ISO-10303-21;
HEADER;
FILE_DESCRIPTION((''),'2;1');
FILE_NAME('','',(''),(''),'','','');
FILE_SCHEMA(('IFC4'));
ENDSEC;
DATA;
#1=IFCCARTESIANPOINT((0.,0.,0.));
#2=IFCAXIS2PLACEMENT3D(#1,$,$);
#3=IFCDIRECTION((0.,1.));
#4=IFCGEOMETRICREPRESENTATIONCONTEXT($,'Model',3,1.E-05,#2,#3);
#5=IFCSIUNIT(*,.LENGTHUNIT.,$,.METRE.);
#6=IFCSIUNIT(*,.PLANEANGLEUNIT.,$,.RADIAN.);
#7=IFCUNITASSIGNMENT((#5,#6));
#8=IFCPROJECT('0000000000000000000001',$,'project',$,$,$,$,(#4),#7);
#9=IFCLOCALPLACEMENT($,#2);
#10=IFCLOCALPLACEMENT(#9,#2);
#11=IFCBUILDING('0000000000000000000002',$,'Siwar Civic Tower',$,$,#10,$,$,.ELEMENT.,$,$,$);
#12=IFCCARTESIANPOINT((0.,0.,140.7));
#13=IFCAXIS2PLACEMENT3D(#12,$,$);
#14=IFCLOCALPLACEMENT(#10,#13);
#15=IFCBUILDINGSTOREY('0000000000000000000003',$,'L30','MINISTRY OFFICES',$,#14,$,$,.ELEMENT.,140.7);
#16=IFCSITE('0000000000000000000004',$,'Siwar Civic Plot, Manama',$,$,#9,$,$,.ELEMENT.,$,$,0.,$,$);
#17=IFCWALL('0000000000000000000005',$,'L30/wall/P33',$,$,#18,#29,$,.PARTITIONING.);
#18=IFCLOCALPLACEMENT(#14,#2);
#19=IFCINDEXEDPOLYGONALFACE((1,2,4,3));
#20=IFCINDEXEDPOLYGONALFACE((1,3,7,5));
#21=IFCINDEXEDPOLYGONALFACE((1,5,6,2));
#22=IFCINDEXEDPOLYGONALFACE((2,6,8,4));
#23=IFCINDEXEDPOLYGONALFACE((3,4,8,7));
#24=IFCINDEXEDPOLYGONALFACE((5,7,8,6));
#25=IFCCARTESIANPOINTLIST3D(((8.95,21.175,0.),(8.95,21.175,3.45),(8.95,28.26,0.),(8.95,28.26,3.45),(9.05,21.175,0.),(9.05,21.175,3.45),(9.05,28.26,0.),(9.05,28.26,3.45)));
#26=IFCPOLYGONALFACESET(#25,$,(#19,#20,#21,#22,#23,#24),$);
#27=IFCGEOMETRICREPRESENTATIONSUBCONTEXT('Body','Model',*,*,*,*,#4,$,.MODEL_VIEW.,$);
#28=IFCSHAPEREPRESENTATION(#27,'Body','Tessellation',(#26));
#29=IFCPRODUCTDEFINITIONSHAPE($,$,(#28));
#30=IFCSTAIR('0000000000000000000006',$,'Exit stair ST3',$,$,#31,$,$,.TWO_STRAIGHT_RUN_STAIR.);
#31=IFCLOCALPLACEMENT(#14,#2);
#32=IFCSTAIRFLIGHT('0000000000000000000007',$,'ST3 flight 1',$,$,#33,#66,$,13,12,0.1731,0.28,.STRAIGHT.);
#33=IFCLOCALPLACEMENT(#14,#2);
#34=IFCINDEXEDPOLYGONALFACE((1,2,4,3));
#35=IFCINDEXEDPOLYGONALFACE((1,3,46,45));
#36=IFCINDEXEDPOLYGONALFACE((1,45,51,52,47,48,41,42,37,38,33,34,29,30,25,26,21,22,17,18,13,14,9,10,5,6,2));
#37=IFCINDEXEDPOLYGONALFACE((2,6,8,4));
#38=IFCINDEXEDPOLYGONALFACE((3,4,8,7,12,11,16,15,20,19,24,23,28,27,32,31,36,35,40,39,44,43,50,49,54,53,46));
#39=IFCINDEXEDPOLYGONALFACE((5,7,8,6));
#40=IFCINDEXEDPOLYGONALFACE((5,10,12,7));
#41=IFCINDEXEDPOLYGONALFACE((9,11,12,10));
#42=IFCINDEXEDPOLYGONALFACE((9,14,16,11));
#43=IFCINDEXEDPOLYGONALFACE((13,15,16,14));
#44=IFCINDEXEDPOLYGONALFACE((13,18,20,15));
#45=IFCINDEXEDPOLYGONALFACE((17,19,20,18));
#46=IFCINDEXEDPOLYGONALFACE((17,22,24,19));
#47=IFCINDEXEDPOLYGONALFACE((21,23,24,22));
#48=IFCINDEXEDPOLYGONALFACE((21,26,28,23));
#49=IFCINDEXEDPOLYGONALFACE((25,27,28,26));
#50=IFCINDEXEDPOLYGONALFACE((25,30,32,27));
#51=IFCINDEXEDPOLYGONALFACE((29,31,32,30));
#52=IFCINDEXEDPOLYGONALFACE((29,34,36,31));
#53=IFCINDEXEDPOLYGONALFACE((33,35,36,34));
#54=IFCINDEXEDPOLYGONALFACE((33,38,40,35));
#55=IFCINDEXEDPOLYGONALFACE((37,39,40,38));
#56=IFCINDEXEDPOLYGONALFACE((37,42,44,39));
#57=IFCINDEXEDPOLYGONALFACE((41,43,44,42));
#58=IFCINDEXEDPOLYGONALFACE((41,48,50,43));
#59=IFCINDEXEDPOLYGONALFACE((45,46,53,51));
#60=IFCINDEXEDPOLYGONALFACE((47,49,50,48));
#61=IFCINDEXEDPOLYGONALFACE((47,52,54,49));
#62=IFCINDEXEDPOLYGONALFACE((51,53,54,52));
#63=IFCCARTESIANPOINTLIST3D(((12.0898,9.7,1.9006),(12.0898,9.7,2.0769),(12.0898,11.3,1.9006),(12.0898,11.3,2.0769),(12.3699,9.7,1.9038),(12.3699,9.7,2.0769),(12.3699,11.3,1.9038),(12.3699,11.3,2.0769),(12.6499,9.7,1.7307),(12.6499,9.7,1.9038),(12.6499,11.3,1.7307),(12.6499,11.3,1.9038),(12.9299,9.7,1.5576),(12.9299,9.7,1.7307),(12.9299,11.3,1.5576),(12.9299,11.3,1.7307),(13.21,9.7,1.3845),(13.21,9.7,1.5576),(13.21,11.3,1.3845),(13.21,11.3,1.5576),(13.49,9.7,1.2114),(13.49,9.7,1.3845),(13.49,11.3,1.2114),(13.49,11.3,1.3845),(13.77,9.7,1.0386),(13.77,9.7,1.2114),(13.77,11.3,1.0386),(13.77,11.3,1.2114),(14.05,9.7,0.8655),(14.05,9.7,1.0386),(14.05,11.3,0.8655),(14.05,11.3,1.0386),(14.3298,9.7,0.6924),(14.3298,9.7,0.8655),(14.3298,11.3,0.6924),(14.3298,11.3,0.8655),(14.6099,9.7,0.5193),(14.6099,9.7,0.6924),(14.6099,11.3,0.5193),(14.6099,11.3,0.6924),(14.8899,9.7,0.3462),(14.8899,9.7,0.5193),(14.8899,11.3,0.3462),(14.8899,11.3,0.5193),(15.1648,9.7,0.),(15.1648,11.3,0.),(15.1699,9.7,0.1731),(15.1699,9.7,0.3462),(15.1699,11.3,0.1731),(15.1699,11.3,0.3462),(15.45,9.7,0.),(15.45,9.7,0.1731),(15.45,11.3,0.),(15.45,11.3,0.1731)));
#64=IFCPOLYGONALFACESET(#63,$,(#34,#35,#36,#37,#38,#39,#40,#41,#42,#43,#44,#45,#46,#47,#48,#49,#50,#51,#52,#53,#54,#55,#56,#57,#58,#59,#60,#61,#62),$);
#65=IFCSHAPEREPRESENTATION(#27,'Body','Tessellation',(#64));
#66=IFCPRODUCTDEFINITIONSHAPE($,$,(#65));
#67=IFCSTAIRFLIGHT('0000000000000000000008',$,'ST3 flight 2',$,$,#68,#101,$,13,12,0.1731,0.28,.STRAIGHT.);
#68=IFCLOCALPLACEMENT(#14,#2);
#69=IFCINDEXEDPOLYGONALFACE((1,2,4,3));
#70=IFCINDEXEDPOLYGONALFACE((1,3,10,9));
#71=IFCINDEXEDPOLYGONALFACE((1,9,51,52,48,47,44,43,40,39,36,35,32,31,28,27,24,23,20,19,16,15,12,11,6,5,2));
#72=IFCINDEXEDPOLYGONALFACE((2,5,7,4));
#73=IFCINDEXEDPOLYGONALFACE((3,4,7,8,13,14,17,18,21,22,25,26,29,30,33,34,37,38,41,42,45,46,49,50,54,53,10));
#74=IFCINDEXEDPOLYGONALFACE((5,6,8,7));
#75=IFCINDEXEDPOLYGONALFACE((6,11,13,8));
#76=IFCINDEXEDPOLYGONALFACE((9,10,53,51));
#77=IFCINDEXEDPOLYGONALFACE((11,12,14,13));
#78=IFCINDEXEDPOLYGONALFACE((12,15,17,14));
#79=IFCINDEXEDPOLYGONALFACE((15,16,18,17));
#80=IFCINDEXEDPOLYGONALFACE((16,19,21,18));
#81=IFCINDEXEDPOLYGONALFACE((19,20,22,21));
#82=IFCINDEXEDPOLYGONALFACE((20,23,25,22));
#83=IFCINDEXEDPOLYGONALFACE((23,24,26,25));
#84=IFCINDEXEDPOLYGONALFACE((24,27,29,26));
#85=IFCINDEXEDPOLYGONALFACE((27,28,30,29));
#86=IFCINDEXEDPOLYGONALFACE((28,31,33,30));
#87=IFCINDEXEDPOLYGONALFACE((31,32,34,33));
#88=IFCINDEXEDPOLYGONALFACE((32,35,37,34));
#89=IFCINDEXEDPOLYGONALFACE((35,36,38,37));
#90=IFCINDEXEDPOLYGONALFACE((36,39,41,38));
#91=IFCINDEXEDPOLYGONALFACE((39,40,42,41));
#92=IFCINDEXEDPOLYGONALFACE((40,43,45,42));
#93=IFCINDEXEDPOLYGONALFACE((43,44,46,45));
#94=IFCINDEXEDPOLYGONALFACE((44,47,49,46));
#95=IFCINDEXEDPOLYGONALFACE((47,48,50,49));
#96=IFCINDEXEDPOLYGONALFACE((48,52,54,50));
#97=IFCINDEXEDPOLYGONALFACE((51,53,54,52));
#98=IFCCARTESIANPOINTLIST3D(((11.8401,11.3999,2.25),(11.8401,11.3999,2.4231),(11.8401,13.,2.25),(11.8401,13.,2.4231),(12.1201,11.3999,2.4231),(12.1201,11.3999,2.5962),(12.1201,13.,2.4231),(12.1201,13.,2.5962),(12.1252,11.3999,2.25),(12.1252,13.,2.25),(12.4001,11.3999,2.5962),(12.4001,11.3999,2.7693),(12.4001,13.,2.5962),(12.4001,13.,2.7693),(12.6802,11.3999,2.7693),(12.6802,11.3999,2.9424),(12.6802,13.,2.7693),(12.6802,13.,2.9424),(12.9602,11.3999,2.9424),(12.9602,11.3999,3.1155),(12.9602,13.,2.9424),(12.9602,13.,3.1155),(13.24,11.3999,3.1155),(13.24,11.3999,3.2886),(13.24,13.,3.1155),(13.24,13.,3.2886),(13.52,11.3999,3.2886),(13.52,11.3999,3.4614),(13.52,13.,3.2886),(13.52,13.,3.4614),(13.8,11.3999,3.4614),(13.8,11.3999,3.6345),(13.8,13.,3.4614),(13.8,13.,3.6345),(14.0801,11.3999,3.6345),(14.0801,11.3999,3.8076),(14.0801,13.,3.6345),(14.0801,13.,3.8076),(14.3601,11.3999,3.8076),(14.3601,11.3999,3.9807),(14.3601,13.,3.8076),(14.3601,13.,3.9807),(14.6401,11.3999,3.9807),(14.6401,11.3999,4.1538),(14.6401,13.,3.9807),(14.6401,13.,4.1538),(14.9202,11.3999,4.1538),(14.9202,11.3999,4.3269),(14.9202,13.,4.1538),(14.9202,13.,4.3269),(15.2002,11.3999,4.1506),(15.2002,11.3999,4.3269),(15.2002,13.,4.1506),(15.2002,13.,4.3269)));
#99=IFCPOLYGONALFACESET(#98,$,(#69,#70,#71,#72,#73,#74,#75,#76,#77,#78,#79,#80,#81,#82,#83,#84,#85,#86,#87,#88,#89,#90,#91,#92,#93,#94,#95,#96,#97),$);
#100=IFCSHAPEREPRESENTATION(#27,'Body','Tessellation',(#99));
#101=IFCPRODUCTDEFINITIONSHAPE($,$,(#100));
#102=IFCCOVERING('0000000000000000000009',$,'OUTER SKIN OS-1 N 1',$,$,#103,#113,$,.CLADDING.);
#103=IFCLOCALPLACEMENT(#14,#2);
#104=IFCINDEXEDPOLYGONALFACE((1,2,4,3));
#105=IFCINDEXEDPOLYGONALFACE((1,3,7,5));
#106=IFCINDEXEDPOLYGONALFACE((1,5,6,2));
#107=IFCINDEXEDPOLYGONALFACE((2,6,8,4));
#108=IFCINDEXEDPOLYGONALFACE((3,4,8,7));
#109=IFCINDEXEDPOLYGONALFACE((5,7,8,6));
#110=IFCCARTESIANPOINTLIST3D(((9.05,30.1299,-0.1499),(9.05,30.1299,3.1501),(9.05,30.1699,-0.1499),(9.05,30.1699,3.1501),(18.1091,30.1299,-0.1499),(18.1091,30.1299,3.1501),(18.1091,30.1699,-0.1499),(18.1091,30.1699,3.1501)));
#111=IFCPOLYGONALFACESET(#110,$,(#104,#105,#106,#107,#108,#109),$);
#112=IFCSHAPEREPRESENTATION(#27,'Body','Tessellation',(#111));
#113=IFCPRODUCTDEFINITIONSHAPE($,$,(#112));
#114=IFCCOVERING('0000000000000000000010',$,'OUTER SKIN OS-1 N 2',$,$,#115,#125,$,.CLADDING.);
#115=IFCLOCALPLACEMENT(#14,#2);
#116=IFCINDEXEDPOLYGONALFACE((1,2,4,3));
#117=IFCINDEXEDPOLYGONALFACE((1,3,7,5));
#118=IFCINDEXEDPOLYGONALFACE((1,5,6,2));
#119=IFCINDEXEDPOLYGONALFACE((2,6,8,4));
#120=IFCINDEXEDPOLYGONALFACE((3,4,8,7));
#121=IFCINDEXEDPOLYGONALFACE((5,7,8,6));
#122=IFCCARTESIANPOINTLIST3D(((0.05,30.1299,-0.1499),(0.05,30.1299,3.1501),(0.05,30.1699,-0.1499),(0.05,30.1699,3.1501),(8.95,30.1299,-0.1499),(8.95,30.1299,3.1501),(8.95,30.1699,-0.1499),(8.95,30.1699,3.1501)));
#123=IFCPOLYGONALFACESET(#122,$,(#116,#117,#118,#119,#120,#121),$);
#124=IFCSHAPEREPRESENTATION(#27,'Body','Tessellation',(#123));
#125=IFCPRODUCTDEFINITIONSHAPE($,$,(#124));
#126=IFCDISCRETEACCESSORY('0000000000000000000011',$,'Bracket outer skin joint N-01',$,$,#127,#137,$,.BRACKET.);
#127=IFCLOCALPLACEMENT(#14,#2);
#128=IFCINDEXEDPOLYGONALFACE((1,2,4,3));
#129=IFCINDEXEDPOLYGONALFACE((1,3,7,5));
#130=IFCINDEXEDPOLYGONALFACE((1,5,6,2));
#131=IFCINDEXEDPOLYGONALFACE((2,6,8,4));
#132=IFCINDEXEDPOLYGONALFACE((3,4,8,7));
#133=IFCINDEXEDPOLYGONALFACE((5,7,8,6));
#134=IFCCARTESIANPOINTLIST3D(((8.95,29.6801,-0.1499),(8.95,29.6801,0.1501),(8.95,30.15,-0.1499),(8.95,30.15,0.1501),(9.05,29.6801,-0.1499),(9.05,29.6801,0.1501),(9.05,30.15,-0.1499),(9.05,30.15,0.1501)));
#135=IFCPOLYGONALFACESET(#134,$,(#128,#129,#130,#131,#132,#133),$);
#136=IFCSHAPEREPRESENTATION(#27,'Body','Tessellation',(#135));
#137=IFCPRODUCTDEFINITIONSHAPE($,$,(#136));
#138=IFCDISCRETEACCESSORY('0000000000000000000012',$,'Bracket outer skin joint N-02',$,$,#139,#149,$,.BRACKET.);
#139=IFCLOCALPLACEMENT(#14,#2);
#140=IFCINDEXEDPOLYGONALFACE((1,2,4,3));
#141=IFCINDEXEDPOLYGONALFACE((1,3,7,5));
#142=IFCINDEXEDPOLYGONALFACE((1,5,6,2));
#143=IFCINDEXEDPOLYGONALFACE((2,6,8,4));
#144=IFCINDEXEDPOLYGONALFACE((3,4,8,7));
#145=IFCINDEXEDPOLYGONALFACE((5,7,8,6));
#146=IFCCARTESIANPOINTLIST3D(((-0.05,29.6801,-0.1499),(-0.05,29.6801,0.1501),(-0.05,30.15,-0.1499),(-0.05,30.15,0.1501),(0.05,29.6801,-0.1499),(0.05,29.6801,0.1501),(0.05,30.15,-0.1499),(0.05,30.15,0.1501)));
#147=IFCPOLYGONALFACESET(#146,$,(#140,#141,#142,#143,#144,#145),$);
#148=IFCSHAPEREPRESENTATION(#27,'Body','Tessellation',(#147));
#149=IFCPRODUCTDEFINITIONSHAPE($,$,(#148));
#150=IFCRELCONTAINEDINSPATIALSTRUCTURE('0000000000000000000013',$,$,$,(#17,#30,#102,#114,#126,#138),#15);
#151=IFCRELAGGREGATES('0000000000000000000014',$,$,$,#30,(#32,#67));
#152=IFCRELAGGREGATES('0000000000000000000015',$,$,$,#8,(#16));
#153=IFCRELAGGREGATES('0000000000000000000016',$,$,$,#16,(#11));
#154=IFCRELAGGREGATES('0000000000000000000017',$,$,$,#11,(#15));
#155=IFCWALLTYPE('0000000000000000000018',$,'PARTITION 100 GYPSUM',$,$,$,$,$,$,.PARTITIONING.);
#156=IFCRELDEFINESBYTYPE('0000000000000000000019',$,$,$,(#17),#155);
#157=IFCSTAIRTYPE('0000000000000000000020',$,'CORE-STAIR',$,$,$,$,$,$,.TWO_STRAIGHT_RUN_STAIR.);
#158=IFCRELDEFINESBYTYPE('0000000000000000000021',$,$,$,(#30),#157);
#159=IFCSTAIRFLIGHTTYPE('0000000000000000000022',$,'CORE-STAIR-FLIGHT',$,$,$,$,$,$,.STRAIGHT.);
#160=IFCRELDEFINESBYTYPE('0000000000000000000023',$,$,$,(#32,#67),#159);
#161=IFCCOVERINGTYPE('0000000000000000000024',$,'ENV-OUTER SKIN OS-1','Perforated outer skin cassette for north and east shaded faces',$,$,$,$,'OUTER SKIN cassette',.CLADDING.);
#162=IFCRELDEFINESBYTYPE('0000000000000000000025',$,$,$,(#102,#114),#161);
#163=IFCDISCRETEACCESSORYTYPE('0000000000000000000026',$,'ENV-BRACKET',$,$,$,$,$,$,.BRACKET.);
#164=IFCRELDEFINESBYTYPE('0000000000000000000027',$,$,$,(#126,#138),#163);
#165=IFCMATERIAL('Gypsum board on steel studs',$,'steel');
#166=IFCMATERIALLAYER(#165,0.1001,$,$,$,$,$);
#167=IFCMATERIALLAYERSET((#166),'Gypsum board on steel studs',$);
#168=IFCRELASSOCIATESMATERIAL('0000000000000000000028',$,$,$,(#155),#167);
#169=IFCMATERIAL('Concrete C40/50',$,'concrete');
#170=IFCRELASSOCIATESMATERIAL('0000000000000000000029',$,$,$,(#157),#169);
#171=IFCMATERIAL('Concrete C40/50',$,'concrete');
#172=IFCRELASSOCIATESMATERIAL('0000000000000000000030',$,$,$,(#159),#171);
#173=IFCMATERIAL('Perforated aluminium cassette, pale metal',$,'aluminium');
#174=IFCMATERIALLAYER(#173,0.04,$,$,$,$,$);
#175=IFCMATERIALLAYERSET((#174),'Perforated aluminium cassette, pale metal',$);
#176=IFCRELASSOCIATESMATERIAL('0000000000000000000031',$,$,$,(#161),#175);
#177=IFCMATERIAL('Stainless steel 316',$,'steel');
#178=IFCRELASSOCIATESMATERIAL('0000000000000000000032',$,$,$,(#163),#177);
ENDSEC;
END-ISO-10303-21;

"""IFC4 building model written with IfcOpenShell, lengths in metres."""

from ifc_helpers import new_model, si_unit, direction, frame, frame_2d, origin, origin_2d, place, context, subcontext, project, spatial, polyline, rectangle, outline, extrude, material, layer, layer_set, type_object, element, aggregate, save


model = new_model("IFC4")

# Units and contexts
model_context = context("Model", 3, precision=1e-05, world=origin(), true_north=direction((0.0, 1.0)))
body_context = subcontext(model_context, "Body", "Model", "MODEL_VIEW")
ifc_project = project(units=[si_unit("LENGTHUNIT", "METRE"), si_unit("PLANEANGLEUNIT", "RADIAN")], contexts=[model_context])

# Site, building, storey
site_placement = place(None, origin())
site = spatial("IfcSite", under=ifc_project, at=site_placement, Name="Siwar Civic Plot, Manama", CompositionType="ELEMENT", RefElevation=0.0)
building_placement = place(site_placement, origin())
building = spatial("IfcBuilding", under=site, at=building_placement, Name="Siwar Civic Tower", CompositionType="ELEMENT")
storey_placement = place(building_placement, frame((0.0, 0.0, 140.7)))
storey = spatial("IfcBuildingStorey", under=building, at=storey_placement, Name="L30", Description="MINISTRY OFFICES", CompositionType="ELEMENT", Elevation=140.7)

# Wall
ifc_material_1 = material(Name="Gypsum board on steel studs", Category="steel")
ifc_layer_1 = layer(ifc_material_1, 0.1001)
ifc_layer_set_1 = layer_set([ifc_layer_1], Name="Gypsum board on steel studs")
wall_type_1 = type_object("IfcWallType", Name="PARTITION 100 GYPSUM", PredefinedType="PARTITIONING", material=ifc_layer_set_1)
wall_1_placement = place(storey_placement, frame((9.0, 21.175, 0.0), z_axis=(0.0, 0.0, 1.0), x_axis=(0.0, 1.0, 0.0)))
element("IfcWall", 1, at=wall_1_placement, inside=storey, type_object=wall_type_1, Name="L30/wall/P33", PredefinedType="PARTITIONING", context=body_context, shape_type="SweptSolid", body=[
    extrude(rectangle(XDim=7.085, YDim=0.1001, at=frame_2d((3.5425, 0.0))), origin(), (0.0, 0.0, 1.0), 3.45),
])

# Stair, stair flights
ifc_material_2 = material(Name="Concrete C40/50", Category="concrete")
stair_type = type_object("IfcStairType", Name="CORE-STAIR", PredefinedType="TWO_STRAIGHT_RUN_STAIR", material=ifc_material_2)
stair_placement = place(storey_placement, origin())
stair = element("IfcStair", 2, at=stair_placement, inside=storey, type_object=stair_type, Name="Exit stair ST3", PredefinedType="TWO_STRAIGHT_RUN_STAIR")
ifc_material_3 = material(Name="Concrete C40/50", Category="concrete")
stair_flight_type = type_object("IfcStairFlightType", Name="CORE-STAIR-FLIGHT", PredefinedType="STRAIGHT", material=ifc_material_3)
stair_flight_1_placement = place(storey_placement, frame((15.45, 10.5, 0.0), z_axis=(0.0, 0.0, 1.0), x_axis=(-1.0, 0.0, 0.0)))
stair_flight_1 = element("IfcStairFlight", 3, at=stair_flight_1_placement, type_object=stair_flight_type, Name="ST3 flight 1", NumberOfRisers=13, NumberOfTreads=12, PredefinedType="STRAIGHT", RiserHeight=0.1731, TreadLength=0.28, context=body_context, shape_type="SweptSolid", body=[
    extrude(outline(polyline([(0.0, 0.0), (0.0, 0.1731), (0.28, 0.1731), (0.28, 0.3462), (0.5601, 0.3462), (0.5601, 0.5193), (0.8401, 0.5193), (0.8401, 0.6924), (1.1201, 0.6924), (1.1201, 0.8655), (1.3999, 0.8655), (1.3999, 1.0386), (1.6799, 1.0386), (1.6799, 1.2114), (1.96, 1.2114), (1.96, 1.3845), (2.24, 1.3845), (2.24, 1.5576), (2.52, 1.5576), (2.52, 1.7307), (2.8, 1.7307), (2.8, 1.9038), (3.0801, 1.9038), (3.0801, 2.0769), (3.3601, 2.0769), (3.3601, 2.25), (3.3601, 1.9006), (0.2852, 0.0), (0.0, 0.0)])), frame((0.0, 0.8, 0.0), z_axis=(0.0, -1.0, 0.0), x_axis=(1.0, 0.0, 0.0)), (0.0, 0.0, 1.0), 1.6001),
])
stair_flight_2_placement = place(storey_placement, frame((11.8401, 12.2, 2.25), z_axis=(0.0, 0.0, 1.0), x_axis=(1.0, 0.0, 0.0)))
stair_flight_2 = element("IfcStairFlight", 4, at=stair_flight_2_placement, type_object=stair_flight_type, Name="ST3 flight 2", NumberOfRisers=13, NumberOfTreads=12, PredefinedType="STRAIGHT", RiserHeight=0.1731, TreadLength=0.28, context=body_context, shape_type="SweptSolid", body=[
    extrude(outline(polyline([(0.0, 0.0), (0.0, 0.1731), (0.28, 0.1731), (0.28, 0.3462), (0.5601, 0.3462), (0.5601, 0.5193), (0.8401, 0.5193), (0.8401, 0.6924), (1.1201, 0.6924), (1.1201, 0.8655), (1.3999, 0.8655), (1.3999, 1.0386), (1.6799, 1.0386), (1.6799, 1.2114), (1.96, 1.2114), (1.96, 1.3845), (2.24, 1.3845), (2.24, 1.5576), (2.52, 1.5576), (2.52, 1.7307), (2.8, 1.7307), (2.8, 1.9038), (3.0801, 1.9038), (3.0801, 2.0769), (3.3601, 2.0769), (3.3601, 2.25), (3.3601, 1.9006), (0.2852, 0.0), (0.0, 0.0)])), frame((0.0, 0.8, 0.0), z_axis=(0.0, -1.0, 0.0), x_axis=(1.0, 0.0, 0.0)), (0.0, 0.0, 1.0), 1.6001),
])
aggregate(stair, [stair_flight_1, stair_flight_2])

# Coverings
ifc_material_4 = material(Name="Perforated aluminium cassette, pale metal", Category="aluminium")
ifc_layer_2 = layer(ifc_material_4, 0.04)
ifc_layer_set_2 = layer_set([ifc_layer_2], Name="Perforated aluminium cassette, pale metal")
covering_type = type_object("IfcCoveringType", Name="ENV-OUTER SKIN OS-1", Description="Perforated outer skin cassette for north and east shaded faces", ElementType="OUTER SKIN cassette", PredefinedType="CLADDING", material=ifc_layer_set_2)
covering_1_placement = place(storey_placement, frame((13.5796, 30.1499, -0.1499), z_axis=(0.0, 0.0, 1.0), x_axis=(-1.0, 0.0, 0.0)))
element("IfcCovering", 5, at=covering_1_placement, inside=storey, type_object=covering_type, Name="OUTER SKIN OS-1 N 1", PredefinedType="CLADDING", context=body_context, shape_type="SweptSolid", body=[
    extrude(rectangle(XDim=9.0591, YDim=0.04, at=origin_2d()), origin(), (0.0, 0.0, 1.0), 3.3),
])
covering_2_placement = place(storey_placement, frame((4.5, 30.1499, -0.1499), z_axis=(0.0, 0.0, 1.0), x_axis=(-1.0, 0.0, 0.0)))
element("IfcCovering", 6, at=covering_2_placement, inside=storey, type_object=covering_type, Name="OUTER SKIN OS-1 N 2", PredefinedType="CLADDING", context=body_context, shape_type="SweptSolid", body=[
    extrude(rectangle(XDim=8.8999, YDim=0.04, at=origin_2d()), origin(), (0.0, 0.0, 1.0), 3.3),
])

# Discrete accessories
ifc_material_5 = material(Name="Stainless steel 316", Category="steel")
discrete_accessory_type = type_object("IfcDiscreteAccessoryType", Name="ENV-BRACKET", PredefinedType="BRACKET", material=ifc_material_5)
for number, where, z_axis, x_axis, name in (
    (7, (9.0, 29.915, -0.1499), (0.0, 0.0, 1.0), (0.0, 1.0, 0.0), "Bracket outer skin joint N-01"),
    (8, (0.0, 29.915, -0.1499), (0.0, 0.0, 1.0), (0.0, 1.0, 0.0), "Bracket outer skin joint N-02"),
):
    element("IfcDiscreteAccessory", number, at=place(storey_placement, frame(where, z_axis=z_axis, x_axis=x_axis)), inside=storey, type_object=discrete_accessory_type, Name=name, PredefinedType="BRACKET", context=body_context, shape_type="SweptSolid", body=[
        extrude(rectangle(XDim=0.47, YDim=0.1001, at=origin_2d()), origin(), (0.0, 0.0, 1.0), 0.3),
    ])

save(model, "model.ifc")
